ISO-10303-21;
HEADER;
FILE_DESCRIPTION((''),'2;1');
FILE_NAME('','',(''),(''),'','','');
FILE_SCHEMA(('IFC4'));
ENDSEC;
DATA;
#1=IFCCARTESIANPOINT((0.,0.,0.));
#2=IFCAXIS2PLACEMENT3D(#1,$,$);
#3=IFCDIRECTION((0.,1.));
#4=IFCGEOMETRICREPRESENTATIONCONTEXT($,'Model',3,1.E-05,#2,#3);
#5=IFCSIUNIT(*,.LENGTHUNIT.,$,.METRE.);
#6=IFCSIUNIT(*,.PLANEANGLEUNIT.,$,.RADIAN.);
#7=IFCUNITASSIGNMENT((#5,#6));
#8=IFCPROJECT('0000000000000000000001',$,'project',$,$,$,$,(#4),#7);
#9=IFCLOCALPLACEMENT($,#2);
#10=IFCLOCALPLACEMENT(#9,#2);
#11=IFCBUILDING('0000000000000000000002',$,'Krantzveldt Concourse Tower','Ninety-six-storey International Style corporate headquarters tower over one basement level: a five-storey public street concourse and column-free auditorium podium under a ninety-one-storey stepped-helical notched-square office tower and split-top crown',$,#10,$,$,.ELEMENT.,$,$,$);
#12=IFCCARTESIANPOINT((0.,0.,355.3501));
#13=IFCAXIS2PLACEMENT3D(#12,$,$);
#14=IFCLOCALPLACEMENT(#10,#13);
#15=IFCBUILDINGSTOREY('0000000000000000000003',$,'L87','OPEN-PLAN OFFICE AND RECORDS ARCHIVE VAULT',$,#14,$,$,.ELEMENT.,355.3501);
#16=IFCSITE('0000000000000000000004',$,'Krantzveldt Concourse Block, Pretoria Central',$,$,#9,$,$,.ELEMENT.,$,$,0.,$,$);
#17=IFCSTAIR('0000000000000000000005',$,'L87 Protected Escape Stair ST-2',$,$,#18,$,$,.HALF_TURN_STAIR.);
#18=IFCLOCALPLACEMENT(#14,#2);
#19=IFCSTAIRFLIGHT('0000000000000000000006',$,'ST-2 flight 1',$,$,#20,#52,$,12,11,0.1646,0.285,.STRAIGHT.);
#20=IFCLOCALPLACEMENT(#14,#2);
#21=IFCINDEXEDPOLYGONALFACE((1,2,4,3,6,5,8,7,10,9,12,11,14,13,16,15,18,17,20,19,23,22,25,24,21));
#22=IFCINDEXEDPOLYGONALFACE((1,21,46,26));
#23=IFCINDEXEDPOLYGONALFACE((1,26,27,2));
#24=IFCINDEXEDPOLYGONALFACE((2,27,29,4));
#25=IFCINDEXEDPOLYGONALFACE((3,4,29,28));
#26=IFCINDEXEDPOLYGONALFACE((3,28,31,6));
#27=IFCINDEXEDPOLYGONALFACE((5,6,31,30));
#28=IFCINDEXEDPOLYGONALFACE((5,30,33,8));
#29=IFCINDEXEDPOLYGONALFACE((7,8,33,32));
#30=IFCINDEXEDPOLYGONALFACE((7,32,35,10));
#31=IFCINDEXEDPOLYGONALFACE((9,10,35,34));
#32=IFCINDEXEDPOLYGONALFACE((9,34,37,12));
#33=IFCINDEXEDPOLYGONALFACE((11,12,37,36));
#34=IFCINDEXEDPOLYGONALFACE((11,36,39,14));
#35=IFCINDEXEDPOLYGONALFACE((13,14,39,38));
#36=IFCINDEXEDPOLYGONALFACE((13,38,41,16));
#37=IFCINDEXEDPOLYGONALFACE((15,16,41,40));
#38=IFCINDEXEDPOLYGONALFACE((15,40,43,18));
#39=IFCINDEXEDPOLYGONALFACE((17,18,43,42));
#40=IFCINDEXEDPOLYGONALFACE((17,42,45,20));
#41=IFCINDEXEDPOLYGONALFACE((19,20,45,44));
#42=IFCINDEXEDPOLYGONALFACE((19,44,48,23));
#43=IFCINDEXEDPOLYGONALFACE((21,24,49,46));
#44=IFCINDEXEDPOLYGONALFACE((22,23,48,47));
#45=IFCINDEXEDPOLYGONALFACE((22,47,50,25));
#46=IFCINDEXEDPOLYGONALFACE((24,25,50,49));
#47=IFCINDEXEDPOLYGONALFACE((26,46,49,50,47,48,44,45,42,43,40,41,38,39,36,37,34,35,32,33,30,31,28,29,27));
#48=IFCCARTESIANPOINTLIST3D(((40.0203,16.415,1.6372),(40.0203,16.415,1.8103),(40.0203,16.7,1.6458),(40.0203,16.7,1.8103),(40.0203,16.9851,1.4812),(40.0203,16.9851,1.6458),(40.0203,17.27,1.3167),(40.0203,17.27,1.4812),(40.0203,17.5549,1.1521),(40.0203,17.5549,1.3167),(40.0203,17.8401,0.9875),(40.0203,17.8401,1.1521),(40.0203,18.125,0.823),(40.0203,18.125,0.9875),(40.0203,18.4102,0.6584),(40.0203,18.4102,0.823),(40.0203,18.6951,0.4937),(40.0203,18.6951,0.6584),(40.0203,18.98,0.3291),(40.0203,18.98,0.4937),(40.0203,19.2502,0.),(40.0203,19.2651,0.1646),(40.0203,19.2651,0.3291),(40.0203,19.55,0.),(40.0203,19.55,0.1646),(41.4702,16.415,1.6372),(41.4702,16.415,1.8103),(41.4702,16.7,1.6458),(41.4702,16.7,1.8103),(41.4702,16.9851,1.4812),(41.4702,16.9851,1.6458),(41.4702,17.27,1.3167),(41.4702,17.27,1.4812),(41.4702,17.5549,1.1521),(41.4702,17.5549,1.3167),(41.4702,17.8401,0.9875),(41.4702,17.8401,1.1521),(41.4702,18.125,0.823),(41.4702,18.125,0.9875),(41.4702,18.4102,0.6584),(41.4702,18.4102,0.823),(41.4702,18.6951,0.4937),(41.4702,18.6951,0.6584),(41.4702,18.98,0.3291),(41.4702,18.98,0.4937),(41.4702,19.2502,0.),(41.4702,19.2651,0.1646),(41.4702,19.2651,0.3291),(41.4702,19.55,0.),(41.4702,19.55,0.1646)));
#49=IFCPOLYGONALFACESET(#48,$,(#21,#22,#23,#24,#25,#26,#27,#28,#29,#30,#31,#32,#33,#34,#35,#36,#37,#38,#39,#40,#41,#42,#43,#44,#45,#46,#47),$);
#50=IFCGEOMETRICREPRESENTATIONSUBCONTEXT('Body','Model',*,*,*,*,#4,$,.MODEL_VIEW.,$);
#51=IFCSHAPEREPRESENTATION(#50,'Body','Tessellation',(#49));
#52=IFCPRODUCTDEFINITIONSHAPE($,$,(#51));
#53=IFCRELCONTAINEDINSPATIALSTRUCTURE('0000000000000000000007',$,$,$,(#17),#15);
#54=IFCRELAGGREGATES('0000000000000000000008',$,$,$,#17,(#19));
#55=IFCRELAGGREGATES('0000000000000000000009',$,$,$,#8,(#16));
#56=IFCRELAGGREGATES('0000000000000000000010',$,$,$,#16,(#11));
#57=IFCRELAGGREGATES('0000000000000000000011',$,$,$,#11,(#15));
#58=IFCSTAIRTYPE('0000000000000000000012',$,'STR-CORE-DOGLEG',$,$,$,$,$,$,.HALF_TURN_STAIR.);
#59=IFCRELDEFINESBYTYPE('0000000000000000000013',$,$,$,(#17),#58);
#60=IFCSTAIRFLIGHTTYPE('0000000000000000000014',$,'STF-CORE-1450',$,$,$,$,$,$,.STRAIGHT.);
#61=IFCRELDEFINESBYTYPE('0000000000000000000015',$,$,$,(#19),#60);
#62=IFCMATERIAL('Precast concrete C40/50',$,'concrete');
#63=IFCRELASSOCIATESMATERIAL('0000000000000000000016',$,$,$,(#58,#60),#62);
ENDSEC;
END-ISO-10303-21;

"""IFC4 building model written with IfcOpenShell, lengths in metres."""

from ifc_helpers import new_model, si_unit, direction, frame, origin, place, context, subcontext, project, spatial, polyline, outline, extrude, material, type_object, element, aggregate, save


model = new_model("IFC4")

# Units and contexts
model_context = context("Model", 3, precision=1e-05, world=origin(), true_north=direction((0.0, 1.0)))
body_context = subcontext(model_context, "Body", "Model", "MODEL_VIEW")
ifc_project = project(units=[si_unit("LENGTHUNIT", "METRE"), si_unit("PLANEANGLEUNIT", "RADIAN")], contexts=[model_context])

# Site, building, storey
site_placement = place(None, origin())
site = spatial("IfcSite", under=ifc_project, at=site_placement, Name="Krantzveldt Concourse Block, Pretoria Central", CompositionType="ELEMENT", RefElevation=0.0)
building_placement = place(site_placement, origin())
building = spatial("IfcBuilding", under=site, at=building_placement, Name="Krantzveldt Concourse Tower", Description="Ninety-six-storey International Style corporate headquarters tower over one basement level: a five-storey public street concourse and column-free auditorium podium under a ninety-one-storey stepped-helical notched-square office tower and split-top crown", CompositionType="ELEMENT")
storey_placement = place(building_placement, frame((0.0, 0.0, 355.3501)))
storey = spatial("IfcBuildingStorey", under=building, at=storey_placement, Name="L87", Description="OPEN-PLAN OFFICE AND RECORDS ARCHIVE VAULT", CompositionType="ELEMENT", Elevation=355.3501)

# Stair, stair flight
ifc_material_1 = material(Name="Precast concrete C40/50", Category="concrete")
stair_type = type_object("IfcStairType", Name="STR-CORE-DOGLEG", PredefinedType="HALF_TURN_STAIR", material=ifc_material_1)
stair_placement = place(storey_placement, origin())
stair = element("IfcStair", 1, at=stair_placement, inside=storey, type_object=stair_type, Name="L87 Protected Escape Stair ST-2", PredefinedType="HALF_TURN_STAIR")
stair_flight_type = type_object("IfcStairFlightType", Name="STF-CORE-1450", PredefinedType="STRAIGHT", material=ifc_material_1)
stair_flight_placement = place(storey_placement, frame((40.7451, 19.55, 0.0), z_axis=(0.0, 0.0, 1.0), x_axis=(0.0, -1.0, 0.0)))
stair_flight = element("IfcStairFlight", 2, at=stair_flight_placement, type_object=stair_flight_type, Name="ST-2 flight 1", NumberOfRisers=12, NumberOfTreads=11, PredefinedType="STRAIGHT", RiserHeight=0.1646, TreadLength=0.285, context=body_context, shape_type="SweptSolid", body=[
    extrude(outline(polyline([(0.0, 0.0), (0.0, 0.1646), (0.2849, 0.1646), (0.2849, 0.3291), (0.5701, 0.3291), (0.5701, 0.4937), (0.855, 0.4937), (0.855, 0.6584), (1.1399, 0.6584), (1.1399, 0.823), (1.425, 0.823), (1.425, 0.9875), (1.71, 0.9875), (1.71, 1.1521), (1.9951, 1.1521), (1.9951, 1.3167), (2.28, 1.3167), (2.28, 1.4812), (2.5649, 1.4812), (2.5649, 1.6458), (2.8501, 1.6458), (2.8501, 1.8103), (3.135, 1.8103), (3.135, 1.9751), (3.135, 1.6372), (0.2998, 0.0), (0.0, 0.0)])), frame((0.0, 0.7251, 0.0), z_axis=(0.0, -1.0, 0.0), x_axis=(1.0, 0.0, 0.0)), (0.0, 0.0, 1.0), 1.45),
])
aggregate(stair, [stair_flight])

save(model, "model.ifc")
